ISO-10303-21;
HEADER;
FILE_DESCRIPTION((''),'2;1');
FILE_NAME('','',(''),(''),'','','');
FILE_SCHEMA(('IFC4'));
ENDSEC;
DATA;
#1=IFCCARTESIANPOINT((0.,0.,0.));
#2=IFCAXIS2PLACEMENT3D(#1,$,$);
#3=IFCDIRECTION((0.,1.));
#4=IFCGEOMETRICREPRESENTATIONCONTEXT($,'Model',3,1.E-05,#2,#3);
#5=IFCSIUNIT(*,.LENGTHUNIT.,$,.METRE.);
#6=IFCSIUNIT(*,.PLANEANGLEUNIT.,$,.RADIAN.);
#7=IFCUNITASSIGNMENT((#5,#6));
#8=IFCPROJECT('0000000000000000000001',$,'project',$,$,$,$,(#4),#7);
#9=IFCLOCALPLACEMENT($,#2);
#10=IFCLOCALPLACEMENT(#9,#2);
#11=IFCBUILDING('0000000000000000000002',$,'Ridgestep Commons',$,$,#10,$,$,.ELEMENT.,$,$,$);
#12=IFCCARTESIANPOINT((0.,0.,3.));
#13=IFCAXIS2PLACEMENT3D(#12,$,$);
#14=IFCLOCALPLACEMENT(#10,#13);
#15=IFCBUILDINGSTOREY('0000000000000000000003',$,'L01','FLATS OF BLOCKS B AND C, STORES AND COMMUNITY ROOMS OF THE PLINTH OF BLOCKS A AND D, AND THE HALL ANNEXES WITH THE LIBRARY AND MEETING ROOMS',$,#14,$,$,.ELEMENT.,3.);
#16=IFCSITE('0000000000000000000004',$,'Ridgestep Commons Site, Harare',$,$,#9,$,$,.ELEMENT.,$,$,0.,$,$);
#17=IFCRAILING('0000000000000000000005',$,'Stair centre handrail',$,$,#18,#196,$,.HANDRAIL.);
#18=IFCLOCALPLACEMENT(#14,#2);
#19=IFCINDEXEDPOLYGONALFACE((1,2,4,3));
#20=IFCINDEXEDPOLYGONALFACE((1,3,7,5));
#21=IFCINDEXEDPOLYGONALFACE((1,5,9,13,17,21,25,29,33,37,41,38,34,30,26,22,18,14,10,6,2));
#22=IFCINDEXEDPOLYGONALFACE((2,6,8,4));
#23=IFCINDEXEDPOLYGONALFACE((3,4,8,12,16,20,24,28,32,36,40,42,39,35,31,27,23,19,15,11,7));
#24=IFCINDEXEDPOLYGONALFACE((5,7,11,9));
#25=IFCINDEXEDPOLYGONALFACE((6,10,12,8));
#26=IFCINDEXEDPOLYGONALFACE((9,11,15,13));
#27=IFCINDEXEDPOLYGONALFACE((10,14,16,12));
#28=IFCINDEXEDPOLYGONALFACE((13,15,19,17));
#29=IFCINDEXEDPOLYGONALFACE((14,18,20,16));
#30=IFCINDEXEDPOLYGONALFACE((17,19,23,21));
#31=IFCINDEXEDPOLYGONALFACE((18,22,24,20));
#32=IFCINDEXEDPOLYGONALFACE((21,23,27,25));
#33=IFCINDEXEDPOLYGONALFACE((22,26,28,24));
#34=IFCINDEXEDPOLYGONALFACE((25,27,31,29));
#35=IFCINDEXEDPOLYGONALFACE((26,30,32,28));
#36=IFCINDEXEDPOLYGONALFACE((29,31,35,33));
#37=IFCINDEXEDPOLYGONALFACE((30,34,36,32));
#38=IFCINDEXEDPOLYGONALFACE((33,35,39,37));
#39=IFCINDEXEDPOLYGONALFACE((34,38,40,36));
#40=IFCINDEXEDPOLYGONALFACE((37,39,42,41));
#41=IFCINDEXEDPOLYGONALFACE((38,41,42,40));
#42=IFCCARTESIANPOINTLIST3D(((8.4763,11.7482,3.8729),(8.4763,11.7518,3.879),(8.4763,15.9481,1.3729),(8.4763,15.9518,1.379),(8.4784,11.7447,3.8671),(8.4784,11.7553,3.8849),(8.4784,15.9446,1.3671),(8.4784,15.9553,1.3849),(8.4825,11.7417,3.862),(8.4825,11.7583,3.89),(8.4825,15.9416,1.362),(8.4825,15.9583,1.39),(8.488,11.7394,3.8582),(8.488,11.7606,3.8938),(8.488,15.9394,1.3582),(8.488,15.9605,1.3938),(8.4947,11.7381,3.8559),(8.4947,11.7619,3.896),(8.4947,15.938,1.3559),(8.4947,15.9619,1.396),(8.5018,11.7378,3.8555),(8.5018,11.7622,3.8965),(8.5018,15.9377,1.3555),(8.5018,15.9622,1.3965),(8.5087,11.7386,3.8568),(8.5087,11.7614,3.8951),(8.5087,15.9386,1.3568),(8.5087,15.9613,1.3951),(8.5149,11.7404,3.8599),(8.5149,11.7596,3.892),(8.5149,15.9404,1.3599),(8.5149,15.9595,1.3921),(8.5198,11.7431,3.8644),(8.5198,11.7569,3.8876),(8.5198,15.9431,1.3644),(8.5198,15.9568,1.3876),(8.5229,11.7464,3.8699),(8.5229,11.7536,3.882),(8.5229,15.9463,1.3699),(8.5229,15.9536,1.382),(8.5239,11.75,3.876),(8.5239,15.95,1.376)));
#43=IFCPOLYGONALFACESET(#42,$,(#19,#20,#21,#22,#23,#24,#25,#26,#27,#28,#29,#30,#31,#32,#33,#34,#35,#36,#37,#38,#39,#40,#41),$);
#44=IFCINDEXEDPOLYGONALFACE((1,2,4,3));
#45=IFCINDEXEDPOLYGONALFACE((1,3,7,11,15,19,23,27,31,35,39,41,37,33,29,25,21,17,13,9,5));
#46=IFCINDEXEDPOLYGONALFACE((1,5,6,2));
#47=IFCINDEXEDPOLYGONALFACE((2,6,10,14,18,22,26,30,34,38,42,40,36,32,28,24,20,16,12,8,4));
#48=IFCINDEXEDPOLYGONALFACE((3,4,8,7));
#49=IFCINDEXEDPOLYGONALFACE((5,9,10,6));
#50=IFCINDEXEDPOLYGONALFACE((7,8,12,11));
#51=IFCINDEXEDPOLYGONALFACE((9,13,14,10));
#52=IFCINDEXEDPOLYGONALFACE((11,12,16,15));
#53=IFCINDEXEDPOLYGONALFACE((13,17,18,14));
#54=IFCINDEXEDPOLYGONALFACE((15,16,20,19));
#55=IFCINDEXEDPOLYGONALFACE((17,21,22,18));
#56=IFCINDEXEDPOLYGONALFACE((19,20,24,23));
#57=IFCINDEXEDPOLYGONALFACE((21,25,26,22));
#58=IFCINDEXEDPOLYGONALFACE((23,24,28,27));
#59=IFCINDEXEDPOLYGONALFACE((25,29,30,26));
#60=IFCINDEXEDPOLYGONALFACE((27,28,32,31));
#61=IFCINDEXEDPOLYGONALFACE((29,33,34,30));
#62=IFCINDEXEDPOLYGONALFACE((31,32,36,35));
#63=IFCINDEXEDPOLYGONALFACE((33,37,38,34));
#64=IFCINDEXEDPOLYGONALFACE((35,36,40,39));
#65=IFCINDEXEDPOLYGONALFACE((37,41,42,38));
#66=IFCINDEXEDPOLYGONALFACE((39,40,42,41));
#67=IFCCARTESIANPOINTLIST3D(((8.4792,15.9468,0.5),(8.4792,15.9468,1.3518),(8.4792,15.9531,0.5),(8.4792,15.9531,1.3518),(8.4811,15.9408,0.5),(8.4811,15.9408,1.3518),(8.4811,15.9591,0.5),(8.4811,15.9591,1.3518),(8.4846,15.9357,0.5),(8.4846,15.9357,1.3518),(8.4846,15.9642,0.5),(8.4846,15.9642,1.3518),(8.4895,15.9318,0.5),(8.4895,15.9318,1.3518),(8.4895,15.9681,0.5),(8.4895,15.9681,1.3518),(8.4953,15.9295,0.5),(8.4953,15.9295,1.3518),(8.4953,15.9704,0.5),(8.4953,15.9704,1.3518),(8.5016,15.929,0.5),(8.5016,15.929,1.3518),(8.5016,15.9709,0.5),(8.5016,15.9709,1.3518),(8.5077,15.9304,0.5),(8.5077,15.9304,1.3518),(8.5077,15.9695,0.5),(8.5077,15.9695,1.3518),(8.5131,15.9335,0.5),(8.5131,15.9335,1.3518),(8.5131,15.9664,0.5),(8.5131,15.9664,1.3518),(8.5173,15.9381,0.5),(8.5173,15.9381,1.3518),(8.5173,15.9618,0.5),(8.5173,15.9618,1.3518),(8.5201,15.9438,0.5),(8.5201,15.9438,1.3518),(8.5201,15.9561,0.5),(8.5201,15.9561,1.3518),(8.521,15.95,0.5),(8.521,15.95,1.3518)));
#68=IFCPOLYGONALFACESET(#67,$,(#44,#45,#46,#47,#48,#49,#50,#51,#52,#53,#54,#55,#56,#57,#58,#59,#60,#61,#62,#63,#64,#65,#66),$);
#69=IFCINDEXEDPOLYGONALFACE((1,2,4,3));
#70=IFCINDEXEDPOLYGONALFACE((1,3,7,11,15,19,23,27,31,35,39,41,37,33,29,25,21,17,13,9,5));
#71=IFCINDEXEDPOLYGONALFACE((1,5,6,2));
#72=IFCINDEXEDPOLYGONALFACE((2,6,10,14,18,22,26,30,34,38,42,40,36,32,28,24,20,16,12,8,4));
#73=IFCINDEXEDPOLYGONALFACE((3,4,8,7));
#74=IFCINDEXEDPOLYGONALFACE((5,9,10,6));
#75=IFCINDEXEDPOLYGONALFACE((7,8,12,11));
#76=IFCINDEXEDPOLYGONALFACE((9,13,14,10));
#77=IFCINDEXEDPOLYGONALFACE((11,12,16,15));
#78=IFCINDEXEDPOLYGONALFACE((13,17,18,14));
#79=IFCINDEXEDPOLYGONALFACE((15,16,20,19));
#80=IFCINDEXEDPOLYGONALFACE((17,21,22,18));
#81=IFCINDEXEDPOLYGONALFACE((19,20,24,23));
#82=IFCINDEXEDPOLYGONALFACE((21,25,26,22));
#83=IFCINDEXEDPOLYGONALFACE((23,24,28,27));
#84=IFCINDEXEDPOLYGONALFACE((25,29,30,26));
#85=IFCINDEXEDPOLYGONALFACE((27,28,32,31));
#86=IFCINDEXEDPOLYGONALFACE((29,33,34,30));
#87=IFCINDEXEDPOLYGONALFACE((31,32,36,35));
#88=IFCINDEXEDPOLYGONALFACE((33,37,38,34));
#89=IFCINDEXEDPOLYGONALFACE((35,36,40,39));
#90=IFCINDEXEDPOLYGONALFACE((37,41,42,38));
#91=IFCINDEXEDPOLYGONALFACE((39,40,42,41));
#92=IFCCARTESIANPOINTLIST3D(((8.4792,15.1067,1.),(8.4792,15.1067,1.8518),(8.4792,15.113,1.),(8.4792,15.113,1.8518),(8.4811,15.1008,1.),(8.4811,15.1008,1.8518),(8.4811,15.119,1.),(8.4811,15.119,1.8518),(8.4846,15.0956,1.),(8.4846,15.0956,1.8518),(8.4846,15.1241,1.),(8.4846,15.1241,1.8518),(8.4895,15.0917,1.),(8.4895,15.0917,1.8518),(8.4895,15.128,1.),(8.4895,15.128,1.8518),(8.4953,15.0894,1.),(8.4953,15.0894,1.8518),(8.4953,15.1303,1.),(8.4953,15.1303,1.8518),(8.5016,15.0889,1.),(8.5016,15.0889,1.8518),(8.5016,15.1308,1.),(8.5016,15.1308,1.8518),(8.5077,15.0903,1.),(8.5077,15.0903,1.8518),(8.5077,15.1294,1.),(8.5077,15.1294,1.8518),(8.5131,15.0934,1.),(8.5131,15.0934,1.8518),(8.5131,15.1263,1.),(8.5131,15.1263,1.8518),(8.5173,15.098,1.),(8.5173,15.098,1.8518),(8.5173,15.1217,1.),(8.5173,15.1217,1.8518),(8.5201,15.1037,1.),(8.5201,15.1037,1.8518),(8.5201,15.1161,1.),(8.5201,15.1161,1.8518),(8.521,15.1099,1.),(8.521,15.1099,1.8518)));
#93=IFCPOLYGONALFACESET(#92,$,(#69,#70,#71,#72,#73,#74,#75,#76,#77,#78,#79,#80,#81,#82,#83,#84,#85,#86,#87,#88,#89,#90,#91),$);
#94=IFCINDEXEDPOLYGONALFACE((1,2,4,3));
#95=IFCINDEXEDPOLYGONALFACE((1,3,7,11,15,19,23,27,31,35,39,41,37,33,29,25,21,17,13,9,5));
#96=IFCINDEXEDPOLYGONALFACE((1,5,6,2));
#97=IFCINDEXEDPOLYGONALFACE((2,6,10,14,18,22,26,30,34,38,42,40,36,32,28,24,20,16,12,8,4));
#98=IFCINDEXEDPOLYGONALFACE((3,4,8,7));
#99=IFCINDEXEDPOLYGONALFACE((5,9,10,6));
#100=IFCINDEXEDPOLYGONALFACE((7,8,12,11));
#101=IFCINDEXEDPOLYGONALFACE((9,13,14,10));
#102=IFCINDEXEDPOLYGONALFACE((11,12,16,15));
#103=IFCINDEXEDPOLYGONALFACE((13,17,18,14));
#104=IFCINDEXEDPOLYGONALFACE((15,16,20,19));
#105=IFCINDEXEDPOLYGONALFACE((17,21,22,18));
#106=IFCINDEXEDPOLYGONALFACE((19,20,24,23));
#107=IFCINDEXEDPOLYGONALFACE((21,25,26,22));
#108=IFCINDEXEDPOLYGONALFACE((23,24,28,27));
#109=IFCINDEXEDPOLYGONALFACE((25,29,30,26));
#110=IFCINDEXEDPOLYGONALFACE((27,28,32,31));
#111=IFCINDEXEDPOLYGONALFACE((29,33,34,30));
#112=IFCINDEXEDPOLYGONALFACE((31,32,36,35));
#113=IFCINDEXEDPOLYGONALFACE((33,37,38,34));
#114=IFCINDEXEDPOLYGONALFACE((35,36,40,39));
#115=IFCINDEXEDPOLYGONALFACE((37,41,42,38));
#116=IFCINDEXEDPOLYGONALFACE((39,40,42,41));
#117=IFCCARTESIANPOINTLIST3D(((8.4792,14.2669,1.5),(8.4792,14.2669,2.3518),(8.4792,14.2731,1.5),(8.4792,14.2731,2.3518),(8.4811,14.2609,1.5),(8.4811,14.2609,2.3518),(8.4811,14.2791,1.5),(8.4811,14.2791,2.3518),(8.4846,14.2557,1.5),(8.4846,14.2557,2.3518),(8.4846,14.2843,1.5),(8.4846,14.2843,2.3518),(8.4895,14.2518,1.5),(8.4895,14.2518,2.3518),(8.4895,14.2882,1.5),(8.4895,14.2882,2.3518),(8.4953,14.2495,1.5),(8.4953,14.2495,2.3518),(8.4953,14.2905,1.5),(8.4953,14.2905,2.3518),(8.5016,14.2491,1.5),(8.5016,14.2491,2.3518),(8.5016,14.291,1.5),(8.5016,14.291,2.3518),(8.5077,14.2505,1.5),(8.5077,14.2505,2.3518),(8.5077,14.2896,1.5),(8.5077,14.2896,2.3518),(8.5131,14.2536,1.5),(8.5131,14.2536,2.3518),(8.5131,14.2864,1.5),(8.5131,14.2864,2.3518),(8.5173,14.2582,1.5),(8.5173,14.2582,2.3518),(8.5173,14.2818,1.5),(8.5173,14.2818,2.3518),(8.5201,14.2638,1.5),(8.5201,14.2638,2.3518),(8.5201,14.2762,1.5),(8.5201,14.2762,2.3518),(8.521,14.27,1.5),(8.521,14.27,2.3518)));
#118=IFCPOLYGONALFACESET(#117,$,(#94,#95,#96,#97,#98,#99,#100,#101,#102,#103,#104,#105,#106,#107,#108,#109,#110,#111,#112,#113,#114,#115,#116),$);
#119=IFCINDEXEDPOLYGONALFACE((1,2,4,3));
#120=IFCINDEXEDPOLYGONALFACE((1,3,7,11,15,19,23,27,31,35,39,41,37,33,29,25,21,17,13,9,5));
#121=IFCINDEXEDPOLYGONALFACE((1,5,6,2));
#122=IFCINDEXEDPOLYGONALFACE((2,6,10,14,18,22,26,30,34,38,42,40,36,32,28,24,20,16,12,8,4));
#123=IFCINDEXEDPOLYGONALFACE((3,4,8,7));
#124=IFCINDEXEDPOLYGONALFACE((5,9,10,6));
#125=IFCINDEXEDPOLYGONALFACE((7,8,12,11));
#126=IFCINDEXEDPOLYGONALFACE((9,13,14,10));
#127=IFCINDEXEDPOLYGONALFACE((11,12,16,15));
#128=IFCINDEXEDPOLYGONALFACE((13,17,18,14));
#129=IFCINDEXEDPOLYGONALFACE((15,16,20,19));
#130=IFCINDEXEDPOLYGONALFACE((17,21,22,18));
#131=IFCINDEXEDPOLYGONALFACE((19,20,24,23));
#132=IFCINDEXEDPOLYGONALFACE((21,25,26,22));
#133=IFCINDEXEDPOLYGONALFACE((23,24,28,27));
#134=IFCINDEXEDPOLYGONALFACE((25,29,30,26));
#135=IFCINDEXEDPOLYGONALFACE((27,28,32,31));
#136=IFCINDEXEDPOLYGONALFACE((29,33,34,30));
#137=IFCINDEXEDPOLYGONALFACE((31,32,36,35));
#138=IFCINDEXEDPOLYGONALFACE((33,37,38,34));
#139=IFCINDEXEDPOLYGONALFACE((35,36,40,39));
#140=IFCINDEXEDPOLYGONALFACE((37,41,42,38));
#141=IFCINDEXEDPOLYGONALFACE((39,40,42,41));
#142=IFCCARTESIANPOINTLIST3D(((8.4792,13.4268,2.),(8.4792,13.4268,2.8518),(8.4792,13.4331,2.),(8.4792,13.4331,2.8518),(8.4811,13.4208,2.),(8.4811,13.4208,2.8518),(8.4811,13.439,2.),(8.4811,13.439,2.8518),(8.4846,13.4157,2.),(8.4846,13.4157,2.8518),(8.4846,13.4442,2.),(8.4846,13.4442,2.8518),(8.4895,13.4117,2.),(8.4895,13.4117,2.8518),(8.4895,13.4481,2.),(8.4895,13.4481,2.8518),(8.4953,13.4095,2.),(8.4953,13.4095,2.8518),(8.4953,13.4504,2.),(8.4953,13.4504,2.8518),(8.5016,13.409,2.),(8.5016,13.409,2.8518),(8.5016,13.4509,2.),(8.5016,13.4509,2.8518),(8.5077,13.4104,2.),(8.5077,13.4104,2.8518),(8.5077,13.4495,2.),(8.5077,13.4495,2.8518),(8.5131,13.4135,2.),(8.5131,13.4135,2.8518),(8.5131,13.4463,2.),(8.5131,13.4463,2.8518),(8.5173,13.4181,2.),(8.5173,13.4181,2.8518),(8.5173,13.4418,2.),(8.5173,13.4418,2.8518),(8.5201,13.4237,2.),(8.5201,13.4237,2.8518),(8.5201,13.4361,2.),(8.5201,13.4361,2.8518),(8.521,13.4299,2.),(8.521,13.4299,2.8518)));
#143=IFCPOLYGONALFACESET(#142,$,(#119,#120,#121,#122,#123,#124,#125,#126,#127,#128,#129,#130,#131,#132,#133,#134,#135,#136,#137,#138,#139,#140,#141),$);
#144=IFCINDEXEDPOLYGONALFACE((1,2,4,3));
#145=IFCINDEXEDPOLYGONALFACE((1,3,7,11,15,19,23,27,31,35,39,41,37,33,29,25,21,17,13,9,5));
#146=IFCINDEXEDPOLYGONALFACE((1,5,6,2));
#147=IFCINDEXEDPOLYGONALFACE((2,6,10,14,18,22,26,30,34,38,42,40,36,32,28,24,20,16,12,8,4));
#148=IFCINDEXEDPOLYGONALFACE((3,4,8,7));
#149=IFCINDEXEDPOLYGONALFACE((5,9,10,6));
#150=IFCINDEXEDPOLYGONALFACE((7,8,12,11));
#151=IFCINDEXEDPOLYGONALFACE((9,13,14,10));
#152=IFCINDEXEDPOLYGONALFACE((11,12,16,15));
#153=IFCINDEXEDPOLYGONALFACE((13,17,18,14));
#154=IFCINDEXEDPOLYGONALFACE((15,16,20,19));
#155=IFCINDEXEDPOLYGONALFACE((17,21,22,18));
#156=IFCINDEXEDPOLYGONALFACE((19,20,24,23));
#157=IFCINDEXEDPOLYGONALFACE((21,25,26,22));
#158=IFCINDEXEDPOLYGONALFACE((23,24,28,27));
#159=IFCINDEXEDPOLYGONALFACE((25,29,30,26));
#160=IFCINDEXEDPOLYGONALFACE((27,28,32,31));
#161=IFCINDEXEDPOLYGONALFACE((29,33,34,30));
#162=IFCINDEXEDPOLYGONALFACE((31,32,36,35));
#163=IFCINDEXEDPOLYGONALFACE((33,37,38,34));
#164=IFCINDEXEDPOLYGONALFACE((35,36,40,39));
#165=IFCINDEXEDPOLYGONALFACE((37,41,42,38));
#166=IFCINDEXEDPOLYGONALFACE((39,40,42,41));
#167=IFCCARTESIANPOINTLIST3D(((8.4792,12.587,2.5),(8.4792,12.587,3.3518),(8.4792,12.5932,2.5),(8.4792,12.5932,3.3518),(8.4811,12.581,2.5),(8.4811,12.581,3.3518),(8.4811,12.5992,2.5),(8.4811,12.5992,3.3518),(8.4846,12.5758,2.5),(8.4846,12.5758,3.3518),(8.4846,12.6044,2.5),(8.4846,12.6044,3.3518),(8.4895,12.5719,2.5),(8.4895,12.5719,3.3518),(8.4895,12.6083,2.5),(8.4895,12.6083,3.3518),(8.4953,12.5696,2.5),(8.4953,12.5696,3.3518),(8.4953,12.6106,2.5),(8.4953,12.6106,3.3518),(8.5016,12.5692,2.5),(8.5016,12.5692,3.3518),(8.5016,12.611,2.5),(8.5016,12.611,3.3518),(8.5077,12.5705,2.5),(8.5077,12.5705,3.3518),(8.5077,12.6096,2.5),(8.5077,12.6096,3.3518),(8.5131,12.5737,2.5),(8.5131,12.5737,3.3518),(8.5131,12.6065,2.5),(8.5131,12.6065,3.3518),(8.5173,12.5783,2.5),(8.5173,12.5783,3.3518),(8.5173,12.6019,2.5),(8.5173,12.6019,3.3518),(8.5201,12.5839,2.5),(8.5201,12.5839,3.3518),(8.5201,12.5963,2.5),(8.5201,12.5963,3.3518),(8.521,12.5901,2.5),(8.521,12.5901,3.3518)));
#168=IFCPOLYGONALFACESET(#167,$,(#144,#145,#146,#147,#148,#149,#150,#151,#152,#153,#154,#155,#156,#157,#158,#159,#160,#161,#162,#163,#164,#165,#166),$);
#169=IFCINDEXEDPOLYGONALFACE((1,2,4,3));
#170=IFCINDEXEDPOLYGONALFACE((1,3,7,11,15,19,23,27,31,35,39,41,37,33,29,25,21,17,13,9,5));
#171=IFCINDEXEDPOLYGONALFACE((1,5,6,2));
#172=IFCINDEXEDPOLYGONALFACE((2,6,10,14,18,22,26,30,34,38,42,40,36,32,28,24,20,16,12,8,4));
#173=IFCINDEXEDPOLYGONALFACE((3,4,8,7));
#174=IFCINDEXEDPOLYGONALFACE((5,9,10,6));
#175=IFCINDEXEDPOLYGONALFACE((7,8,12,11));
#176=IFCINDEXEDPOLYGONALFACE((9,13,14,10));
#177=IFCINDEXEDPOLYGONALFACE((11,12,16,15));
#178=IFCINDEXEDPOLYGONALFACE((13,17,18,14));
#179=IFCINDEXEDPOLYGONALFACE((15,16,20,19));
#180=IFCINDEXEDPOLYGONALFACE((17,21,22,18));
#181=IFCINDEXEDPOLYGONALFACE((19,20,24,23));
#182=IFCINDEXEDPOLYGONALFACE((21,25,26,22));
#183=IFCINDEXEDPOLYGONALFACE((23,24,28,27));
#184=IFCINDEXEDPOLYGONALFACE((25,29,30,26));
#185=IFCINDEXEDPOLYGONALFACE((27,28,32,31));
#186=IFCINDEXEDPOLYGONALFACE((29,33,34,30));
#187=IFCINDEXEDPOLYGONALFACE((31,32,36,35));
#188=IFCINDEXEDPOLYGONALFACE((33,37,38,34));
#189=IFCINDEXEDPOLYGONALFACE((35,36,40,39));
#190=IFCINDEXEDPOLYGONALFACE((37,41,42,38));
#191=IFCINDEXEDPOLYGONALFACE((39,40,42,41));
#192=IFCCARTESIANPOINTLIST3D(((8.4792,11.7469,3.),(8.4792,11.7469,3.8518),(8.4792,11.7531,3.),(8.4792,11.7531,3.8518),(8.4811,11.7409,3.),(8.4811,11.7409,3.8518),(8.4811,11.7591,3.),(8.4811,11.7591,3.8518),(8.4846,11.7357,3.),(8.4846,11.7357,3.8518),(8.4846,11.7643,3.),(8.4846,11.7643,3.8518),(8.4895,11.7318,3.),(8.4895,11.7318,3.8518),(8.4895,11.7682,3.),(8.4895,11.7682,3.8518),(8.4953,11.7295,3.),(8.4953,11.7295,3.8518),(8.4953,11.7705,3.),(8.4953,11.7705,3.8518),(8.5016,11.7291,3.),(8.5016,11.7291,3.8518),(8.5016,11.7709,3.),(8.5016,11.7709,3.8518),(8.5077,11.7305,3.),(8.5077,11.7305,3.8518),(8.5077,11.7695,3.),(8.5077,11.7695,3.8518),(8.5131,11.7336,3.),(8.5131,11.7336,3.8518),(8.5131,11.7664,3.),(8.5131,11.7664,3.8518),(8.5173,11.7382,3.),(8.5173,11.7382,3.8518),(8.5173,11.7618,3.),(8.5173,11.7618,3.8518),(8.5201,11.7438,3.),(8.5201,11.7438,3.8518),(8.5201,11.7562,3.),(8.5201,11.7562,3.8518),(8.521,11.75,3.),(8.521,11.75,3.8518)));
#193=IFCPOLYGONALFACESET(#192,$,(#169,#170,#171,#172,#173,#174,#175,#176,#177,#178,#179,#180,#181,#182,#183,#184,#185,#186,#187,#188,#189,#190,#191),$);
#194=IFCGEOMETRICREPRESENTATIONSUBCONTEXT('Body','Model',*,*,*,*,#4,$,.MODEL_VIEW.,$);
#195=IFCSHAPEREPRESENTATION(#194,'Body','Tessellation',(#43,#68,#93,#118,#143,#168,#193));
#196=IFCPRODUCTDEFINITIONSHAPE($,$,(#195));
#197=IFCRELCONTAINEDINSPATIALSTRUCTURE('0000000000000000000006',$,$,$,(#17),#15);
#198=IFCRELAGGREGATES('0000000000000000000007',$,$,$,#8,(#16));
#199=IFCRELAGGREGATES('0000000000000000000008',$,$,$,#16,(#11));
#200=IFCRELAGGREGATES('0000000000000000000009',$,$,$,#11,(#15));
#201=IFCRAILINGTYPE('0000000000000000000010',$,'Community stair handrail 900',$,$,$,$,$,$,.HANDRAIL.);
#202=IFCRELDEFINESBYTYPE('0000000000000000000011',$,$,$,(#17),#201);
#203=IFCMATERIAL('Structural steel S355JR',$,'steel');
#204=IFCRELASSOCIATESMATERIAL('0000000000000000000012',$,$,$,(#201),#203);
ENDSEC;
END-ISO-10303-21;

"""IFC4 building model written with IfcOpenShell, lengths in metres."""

from ifc_helpers import new_model, si_unit, direction, frame, origin, origin_2d, place, context, subcontext, project, spatial, circle, extrude, material, type_object, element, save


model = new_model("IFC4")

# Units and contexts
model_context = context("Model", 3, precision=1e-05, world=origin(), true_north=direction((0.0, 1.0)))
body_context = subcontext(model_context, "Body", "Model", "MODEL_VIEW")
ifc_project = project(units=[si_unit("LENGTHUNIT", "METRE"), si_unit("PLANEANGLEUNIT", "RADIAN")], contexts=[model_context])

# Site, building, storey
site_placement = place(None, origin())
site = spatial("IfcSite", under=ifc_project, at=site_placement, Name="Ridgestep Commons Site, Harare", CompositionType="ELEMENT", RefElevation=0.0)
building_placement = place(site_placement, origin())
building = spatial("IfcBuilding", under=site, at=building_placement, Name="Ridgestep Commons", CompositionType="ELEMENT")
storey_placement = place(building_placement, frame((0.0, 0.0, 3.0)))
storey = spatial("IfcBuildingStorey", under=building, at=storey_placement, Name="L01", Description="FLATS OF BLOCKS B AND C, STORES AND COMMUNITY ROOMS OF THE PLINTH OF BLOCKS A AND D, AND THE HALL ANNEXES WITH THE LIBRARY AND MEETING ROOMS", CompositionType="ELEMENT", Elevation=3.0)

# Railing
ifc_material_1 = material(Name="Structural steel S355JR", Category="steel")
railing_type_1 = type_object("IfcRailingType", Name="Community stair handrail 900", PredefinedType="HANDRAIL", material=ifc_material_1)
railing_1_placement = place(storey_placement, frame((8.5, 15.95, 0.5)))
element("IfcRailing", 1, at=railing_1_placement, inside=storey, type_object=railing_type_1, Name="Stair centre handrail", PredefinedType="HANDRAIL", context=body_context, shape_type="SweptSolid", body=[
    extrude(circle(Radius=0.0239, at=origin_2d()), frame((0.0, 0.0, 0.876), z_axis=(0.0, -0.85929, 0.511488), x_axis=(1.0, 0.0, 0.0)), (0.0, 0.0, 1.0), 4.8877),
    extrude(circle(Radius=0.021, at=origin_2d()), origin(), (0.0, 0.0, 1.0), 0.8518),
    extrude(circle(Radius=0.021, at=origin_2d()), frame((0.0, -0.8401, 0.5)), (0.0, 0.0, 1.0), 0.8518),
    extrude(circle(Radius=0.021, at=origin_2d()), frame((0.0, -1.6799, 1.0)), (0.0, 0.0, 1.0), 0.8518),
    extrude(circle(Radius=0.021, at=origin_2d()), frame((0.0, -2.52, 1.5)), (0.0, 0.0, 1.0), 0.8518),
    extrude(circle(Radius=0.021, at=origin_2d()), frame((0.0, -3.3599, 2.0)), (0.0, 0.0, 1.0), 0.8518),
    extrude(circle(Radius=0.021, at=origin_2d()), frame((0.0, -4.2, 2.5)), (0.0, 0.0, 1.0), 0.8518),
])

save(model, "model.ifc")
